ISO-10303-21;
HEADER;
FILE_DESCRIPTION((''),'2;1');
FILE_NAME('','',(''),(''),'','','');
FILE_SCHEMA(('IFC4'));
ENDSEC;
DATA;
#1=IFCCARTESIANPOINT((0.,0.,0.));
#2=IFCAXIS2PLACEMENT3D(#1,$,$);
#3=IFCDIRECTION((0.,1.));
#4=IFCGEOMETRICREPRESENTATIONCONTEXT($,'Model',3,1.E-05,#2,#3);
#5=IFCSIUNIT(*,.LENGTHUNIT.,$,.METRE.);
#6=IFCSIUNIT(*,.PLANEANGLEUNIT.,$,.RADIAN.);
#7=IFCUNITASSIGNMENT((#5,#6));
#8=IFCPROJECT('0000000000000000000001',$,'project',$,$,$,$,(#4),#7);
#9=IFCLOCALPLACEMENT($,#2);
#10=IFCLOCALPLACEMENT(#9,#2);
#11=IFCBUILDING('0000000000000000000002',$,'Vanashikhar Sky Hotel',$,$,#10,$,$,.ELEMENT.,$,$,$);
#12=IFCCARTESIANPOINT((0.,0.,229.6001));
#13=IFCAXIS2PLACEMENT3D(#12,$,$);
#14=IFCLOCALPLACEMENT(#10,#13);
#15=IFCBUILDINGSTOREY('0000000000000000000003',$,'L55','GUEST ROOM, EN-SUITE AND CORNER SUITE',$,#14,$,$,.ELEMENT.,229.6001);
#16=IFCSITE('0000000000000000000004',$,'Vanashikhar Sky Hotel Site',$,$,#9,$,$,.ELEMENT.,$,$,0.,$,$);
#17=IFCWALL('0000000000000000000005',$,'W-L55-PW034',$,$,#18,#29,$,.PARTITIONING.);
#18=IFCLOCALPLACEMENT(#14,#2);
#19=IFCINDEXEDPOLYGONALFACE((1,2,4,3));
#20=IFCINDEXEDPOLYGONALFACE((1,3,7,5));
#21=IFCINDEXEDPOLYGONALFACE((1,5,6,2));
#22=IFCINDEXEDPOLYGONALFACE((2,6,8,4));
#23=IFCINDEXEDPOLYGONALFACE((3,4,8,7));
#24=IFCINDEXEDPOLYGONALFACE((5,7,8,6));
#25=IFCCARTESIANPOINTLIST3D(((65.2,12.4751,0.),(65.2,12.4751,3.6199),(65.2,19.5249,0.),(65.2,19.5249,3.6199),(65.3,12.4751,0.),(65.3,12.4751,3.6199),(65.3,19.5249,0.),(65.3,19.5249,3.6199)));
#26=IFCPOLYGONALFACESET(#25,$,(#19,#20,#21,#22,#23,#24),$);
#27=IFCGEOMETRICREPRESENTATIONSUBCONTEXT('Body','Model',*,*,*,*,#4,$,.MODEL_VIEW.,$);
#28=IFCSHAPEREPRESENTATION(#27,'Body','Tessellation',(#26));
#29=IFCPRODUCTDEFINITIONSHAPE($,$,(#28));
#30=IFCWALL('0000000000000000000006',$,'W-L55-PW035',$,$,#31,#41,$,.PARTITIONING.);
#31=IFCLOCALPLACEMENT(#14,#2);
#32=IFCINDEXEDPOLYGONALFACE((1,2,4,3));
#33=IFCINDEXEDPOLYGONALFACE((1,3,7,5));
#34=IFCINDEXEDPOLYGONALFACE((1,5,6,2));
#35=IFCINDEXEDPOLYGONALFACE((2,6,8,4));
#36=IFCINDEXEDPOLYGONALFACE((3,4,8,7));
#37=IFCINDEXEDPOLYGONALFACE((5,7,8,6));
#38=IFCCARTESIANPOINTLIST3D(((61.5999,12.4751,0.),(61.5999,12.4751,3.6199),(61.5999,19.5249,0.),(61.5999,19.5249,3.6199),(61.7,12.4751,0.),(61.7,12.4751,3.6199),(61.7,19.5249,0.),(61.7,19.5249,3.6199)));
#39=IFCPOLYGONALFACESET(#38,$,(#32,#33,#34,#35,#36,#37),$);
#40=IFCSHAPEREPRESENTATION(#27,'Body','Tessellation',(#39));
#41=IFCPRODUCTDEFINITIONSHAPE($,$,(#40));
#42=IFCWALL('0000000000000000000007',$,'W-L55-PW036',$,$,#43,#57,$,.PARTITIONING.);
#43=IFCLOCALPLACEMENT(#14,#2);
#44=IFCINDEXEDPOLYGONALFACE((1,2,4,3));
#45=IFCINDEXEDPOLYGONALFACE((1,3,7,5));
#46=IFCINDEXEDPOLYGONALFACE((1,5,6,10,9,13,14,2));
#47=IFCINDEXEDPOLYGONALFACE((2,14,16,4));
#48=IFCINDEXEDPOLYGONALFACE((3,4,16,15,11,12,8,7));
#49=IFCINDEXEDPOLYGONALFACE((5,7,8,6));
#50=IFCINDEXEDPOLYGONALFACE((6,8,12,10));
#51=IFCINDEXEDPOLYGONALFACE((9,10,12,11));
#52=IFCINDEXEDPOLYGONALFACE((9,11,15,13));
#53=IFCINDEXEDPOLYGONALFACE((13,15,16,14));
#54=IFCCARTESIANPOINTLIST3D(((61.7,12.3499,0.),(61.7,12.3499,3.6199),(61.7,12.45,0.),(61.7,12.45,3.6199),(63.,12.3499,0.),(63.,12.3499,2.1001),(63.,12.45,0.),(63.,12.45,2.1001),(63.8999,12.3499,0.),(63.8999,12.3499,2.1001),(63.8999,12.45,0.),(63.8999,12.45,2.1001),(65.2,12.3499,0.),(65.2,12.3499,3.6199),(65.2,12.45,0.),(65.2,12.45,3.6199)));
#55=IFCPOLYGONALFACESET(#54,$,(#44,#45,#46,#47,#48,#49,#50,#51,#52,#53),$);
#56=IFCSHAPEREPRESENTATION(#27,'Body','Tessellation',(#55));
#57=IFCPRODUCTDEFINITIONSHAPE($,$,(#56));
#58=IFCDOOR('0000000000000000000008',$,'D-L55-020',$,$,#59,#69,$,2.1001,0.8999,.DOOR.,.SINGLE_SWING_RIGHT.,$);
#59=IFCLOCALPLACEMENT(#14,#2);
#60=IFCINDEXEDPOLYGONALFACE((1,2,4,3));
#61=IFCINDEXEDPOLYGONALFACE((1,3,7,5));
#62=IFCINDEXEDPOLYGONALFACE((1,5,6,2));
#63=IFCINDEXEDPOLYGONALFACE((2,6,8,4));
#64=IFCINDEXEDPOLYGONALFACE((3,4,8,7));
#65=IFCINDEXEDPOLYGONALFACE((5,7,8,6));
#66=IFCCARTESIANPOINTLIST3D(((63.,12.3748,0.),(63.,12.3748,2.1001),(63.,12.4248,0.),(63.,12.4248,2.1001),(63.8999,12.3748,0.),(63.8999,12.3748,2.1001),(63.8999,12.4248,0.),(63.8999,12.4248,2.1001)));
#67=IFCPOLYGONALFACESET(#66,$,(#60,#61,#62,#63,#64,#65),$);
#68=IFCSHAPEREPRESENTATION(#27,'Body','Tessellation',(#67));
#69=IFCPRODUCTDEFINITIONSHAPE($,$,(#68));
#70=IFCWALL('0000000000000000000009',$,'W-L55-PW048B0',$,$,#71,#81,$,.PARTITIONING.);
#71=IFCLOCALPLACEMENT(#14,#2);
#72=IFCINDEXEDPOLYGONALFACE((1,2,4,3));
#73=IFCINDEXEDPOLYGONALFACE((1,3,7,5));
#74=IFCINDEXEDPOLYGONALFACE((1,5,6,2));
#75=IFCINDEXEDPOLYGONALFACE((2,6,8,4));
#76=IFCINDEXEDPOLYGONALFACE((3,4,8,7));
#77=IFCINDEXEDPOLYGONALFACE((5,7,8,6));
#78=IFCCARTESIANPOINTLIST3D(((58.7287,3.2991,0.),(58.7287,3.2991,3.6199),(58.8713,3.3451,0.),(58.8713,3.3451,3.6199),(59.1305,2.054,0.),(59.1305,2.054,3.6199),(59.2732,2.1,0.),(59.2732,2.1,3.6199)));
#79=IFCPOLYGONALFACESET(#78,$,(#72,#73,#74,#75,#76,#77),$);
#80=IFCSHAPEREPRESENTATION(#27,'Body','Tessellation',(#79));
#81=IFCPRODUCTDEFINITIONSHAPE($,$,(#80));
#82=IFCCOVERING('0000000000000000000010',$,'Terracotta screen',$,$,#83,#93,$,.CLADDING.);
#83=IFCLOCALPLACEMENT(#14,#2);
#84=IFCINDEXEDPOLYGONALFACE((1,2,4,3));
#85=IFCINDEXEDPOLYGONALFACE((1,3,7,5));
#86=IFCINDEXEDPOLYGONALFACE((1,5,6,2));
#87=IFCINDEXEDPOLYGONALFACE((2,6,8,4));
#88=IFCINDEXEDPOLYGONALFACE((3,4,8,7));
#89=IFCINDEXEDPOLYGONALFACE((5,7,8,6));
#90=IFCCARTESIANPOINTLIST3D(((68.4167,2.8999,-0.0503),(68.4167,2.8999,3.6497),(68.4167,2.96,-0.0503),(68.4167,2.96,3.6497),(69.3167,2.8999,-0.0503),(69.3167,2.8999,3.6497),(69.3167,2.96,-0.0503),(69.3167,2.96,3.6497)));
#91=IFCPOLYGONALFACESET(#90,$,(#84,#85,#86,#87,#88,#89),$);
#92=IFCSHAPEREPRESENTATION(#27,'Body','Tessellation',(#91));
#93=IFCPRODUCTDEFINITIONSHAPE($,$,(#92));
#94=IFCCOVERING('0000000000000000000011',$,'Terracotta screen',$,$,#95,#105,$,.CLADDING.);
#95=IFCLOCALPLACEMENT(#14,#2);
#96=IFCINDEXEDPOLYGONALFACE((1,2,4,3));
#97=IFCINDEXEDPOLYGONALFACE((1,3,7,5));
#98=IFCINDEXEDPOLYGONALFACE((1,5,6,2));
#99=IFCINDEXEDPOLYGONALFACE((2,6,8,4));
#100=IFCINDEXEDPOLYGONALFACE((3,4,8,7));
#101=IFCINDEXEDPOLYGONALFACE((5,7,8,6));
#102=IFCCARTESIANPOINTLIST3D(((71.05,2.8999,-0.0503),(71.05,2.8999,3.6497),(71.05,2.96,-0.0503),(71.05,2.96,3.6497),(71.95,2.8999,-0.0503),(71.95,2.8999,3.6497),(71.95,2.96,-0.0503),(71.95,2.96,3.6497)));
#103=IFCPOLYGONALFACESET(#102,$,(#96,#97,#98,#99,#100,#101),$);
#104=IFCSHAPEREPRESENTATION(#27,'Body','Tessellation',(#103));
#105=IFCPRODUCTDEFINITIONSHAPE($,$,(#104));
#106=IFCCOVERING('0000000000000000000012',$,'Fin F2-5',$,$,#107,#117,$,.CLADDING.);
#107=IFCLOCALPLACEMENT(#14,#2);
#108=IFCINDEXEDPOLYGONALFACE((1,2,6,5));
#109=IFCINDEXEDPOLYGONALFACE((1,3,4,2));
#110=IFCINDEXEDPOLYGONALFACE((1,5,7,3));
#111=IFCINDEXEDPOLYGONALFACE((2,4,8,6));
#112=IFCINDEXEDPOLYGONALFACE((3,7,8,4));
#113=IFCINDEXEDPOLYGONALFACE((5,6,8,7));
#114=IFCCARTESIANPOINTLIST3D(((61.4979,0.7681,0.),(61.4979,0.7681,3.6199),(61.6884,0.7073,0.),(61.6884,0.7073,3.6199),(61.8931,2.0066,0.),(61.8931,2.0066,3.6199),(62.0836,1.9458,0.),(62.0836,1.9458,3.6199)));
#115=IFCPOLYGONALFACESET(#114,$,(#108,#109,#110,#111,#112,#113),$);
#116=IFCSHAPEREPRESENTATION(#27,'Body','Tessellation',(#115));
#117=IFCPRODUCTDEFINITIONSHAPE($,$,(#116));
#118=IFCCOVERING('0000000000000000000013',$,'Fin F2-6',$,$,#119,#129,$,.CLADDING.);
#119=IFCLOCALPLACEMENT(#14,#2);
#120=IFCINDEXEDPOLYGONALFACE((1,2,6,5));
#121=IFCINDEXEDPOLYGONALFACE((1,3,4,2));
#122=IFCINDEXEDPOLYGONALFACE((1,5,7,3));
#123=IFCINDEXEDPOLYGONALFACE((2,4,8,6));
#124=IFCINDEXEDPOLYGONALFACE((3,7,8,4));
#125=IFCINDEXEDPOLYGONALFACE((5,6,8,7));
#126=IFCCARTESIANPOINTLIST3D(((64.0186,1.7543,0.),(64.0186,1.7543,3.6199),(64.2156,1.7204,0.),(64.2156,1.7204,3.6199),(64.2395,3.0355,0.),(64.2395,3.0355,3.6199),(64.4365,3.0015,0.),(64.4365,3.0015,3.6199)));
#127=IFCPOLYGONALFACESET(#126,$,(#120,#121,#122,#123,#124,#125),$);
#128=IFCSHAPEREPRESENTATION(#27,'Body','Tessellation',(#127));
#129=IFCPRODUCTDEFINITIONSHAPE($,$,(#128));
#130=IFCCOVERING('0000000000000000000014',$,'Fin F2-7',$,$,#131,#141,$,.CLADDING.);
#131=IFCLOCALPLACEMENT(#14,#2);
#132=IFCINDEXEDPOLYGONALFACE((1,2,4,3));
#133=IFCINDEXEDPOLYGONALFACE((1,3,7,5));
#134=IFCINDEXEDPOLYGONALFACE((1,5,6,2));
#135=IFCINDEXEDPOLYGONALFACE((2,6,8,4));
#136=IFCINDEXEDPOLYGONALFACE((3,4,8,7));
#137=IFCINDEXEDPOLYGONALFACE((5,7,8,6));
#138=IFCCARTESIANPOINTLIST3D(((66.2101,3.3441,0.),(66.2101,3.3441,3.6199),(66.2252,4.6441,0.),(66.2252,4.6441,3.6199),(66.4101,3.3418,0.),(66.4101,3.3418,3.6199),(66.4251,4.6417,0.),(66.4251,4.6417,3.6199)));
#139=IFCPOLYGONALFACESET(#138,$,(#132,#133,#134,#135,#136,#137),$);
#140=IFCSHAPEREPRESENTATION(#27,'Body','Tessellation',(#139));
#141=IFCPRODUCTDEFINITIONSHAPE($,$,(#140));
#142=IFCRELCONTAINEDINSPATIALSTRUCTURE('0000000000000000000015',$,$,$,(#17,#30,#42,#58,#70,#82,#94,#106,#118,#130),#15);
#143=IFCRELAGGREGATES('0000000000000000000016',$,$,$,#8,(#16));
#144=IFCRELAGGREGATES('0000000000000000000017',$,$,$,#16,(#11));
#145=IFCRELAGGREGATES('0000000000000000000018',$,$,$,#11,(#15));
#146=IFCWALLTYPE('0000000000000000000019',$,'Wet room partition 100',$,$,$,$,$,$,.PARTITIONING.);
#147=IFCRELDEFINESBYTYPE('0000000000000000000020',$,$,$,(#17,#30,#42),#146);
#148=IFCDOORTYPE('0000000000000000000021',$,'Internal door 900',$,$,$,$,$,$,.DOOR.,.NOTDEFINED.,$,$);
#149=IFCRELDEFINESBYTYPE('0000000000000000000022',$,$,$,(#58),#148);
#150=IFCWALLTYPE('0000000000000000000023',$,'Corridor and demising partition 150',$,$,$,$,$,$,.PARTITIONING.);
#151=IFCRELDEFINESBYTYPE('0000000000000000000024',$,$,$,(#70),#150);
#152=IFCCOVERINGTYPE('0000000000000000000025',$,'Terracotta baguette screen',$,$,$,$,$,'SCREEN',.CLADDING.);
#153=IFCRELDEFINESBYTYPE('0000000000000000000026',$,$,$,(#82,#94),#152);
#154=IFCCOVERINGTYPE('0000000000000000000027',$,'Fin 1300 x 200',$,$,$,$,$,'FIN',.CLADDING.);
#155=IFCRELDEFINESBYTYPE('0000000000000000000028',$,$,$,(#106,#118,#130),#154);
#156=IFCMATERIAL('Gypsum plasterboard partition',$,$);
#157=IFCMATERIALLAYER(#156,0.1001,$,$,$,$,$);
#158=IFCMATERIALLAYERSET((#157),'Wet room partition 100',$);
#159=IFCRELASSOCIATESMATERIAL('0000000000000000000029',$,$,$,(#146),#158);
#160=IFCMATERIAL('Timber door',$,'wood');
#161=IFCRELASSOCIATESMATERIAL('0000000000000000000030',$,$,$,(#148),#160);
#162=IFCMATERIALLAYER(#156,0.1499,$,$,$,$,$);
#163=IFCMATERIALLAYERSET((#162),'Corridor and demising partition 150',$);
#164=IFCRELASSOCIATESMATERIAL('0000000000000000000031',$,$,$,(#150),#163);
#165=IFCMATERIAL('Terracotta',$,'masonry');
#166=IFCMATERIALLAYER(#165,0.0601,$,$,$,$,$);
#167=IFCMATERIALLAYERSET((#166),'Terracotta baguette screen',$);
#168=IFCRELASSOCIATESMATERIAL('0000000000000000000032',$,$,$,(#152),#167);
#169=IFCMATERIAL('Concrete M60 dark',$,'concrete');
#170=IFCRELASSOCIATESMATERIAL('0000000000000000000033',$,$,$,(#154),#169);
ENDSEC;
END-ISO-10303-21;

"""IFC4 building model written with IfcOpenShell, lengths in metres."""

from ifc_helpers import new_model, si_unit, direction, frame, frame_2d, origin, origin_2d, place, context, subcontext, project, spatial, rectangle, extrude, source, transform, mapped, material, layer, layer_set, material_profile, profile_set, type_object, element, fill, save


model = new_model("IFC4")

# Units and contexts
model_context = context("Model", 3, precision=1e-05, world=origin(), true_north=direction((0.0, 1.0)))
body_context = subcontext(model_context, "Body", "Model", "MODEL_VIEW")
ifc_project = project(units=[si_unit("LENGTHUNIT", "METRE"), si_unit("PLANEANGLEUNIT", "RADIAN")], contexts=[model_context])

# Site, building, storey
site_placement = place(None, origin())
site = spatial("IfcSite", under=ifc_project, at=site_placement, Name="Vanashikhar Sky Hotel Site", CompositionType="ELEMENT", RefElevation=0.0)
building_placement = place(site_placement, origin())
building = spatial("IfcBuilding", under=site, at=building_placement, Name="Vanashikhar Sky Hotel", CompositionType="ELEMENT")
storey_placement = place(building_placement, frame((0.0, 0.0, 229.6001)))
storey = spatial("IfcBuildingStorey", under=building, at=storey_placement, Name="L55", Description="GUEST ROOM, EN-SUITE AND CORNER SUITE", CompositionType="ELEMENT", Elevation=229.6001)

# Walls
ifc_material_1 = material(Name="Gypsum plasterboard partition")
ifc_layer_1 = layer(ifc_material_1, 0.1001)
ifc_layer_set_1 = layer_set([ifc_layer_1], Name="Wet room partition 100")
wall_type_1 = type_object("IfcWallType", Name="Wet room partition 100", PredefinedType="PARTITIONING", material=ifc_layer_set_1)
shared_shape_1 = source(origin(), body_context, "Body", "SweptSolid", [
    extrude(rectangle(XDim=7.0498, YDim=0.1001, at=frame_2d((3.5249, 0.0))), origin(), (0.0, 0.0, 1.0), 3.6199),
])
for number, where, z_axis, x_axis, name in (
    (1, (65.25, 12.4751, 0.0), (0.0, 0.0, 1.0), (0.0, 1.0, 0.0), "W-L55-PW034"),
    (2, (61.6499, 12.4751, 0.0), (0.0, 0.0, 1.0), (0.0, 1.0, 0.0), "W-L55-PW035"),
):
    element("IfcWall", number, at=place(storey_placement, frame(where, z_axis=z_axis, x_axis=x_axis)), inside=storey, type_object=wall_type_1, Name=name, PredefinedType="PARTITIONING", context=body_context, shape_type="MappedRepresentation", body=[
        mapped(shared_shape_1, transform((0.0, 0.0, 0.0), scale=1.0)),
    ])

# Wall, opening, door
shared_shape_2 = source(origin(), body_context, "Body", "SweptSolid", [
    extrude(rectangle(XDim=3.5, YDim=0.1001, at=frame_2d((1.75, 0.0))), origin(), (0.0, 0.0, 1.0), 3.6199),
])
wall_1_placement = place(storey_placement, frame((61.7, 12.3999, 0.0), z_axis=(0.0, 0.0, 1.0), x_axis=(1.0, 0.0, 0.0)))
wall_1 = element("IfcWall", 3, at=wall_1_placement, inside=storey, type_object=wall_type_1, Name="W-L55-PW036", PredefinedType="PARTITIONING", context=body_context, shape_type="MappedRepresentation", body=[
    mapped(shared_shape_2, transform((0.0, 0.0, 0.0), scale=1.0)),
])
shared_shape_3 = source(origin(), body_context, "Body", "SweptSolid", [
    extrude(rectangle(XDim=0.8999, YDim=2.1001, at=frame_2d((0.45, 1.05))), frame((0.0, 0.0601, 0.0), z_axis=(0.0, -1.0, 0.0), x_axis=(1.0, 0.0, 0.0)), (0.0, 0.0, 1.0), 0.1201),
])
opening_1_placement = place(wall_1_placement, frame((1.3, 0.0, 0.0)))
opening_1 = element("IfcOpeningElement", 4, at=opening_1_placement, cuts=wall_1, PredefinedType="OPENING", context=body_context, shape_type="MappedRepresentation", body=[
    mapped(shared_shape_3, transform((0.0, 0.0, 0.0), scale=1.0)),
])
ifc_material_2 = material(Name="Timber door", Category="wood")
door_type_1 = type_object("IfcDoorType", Name="Internal door 900", OperationType="NOTDEFINED", PredefinedType="DOOR", material=ifc_material_2)
shared_shape_4 = source(origin(), body_context, "Body", "SweptSolid", [
    extrude(rectangle(XDim=0.8999, YDim=2.1001, at=frame_2d((0.45, 1.05))), frame((0.0, 0.0249, 0.0), z_axis=(0.0, -1.0, 0.0), x_axis=(1.0, 0.0, 0.0)), (0.0, 0.0, 1.0), 0.05),
])
door_1_placement = place(opening_1_placement, origin())
door_1 = element("IfcDoor", 5, at=door_1_placement, inside=storey, type_object=door_type_1, Name="D-L55-020", OperationType="SINGLE_SWING_RIGHT", OverallHeight=2.1001, OverallWidth=0.8999, PredefinedType="DOOR", context=body_context, shape_type="MappedRepresentation", body=[
    mapped(shared_shape_4, transform((0.0, 0.0, 0.0), scale=1.0)),
])
fill(opening_1, door_1)

# Wall
ifc_layer_2 = layer(ifc_material_1, 0.1499)
ifc_layer_set_2 = layer_set([ifc_layer_2], Name="Corridor and demising partition 150")
wall_type_2 = type_object("IfcWallType", Name="Corridor and demising partition 150", PredefinedType="PARTITIONING", material=ifc_layer_set_2)
shared_shape_5 = source(origin(), body_context, "Body", "SweptSolid", [
    extrude(rectangle(XDim=1.3083, YDim=0.1499, at=frame_2d((0.6543, 0.0))), origin(), (0.0, 0.0, 1.0), 3.6199),
])
wall_2_placement = place(storey_placement, frame((59.2019, 2.0769, 0.0), z_axis=(0.0, 0.0, 1.0), x_axis=(-0.307145, 0.951663, 0.0)))
element("IfcWall", 6, at=wall_2_placement, inside=storey, type_object=wall_type_2, Name="W-L55-PW048B0", PredefinedType="PARTITIONING", context=body_context, shape_type="MappedRepresentation", body=[
    mapped(shared_shape_5, transform((0.0, 0.0, 0.0), scale=1.0)),
])

# Coverings
ifc_material_3 = material(Name="Terracotta", Category="masonry")
ifc_layer_3 = layer(ifc_material_3, 0.0601)
ifc_layer_set_3 = layer_set([ifc_layer_3], Name="Terracotta baguette screen")
covering_type_1 = type_object("IfcCoveringType", Name="Terracotta baguette screen", ElementType="SCREEN", PredefinedType="CLADDING", material=ifc_layer_set_3)
shared_shape_6 = source(origin(), body_context, "Body", "SweptSolid", [
    extrude(rectangle(XDim=0.8999, YDim=0.0601, at=origin_2d()), origin(), (0.0, 0.0, 1.0), 3.7),
])
for number, where, z_axis, x_axis, name in (
    (7, (68.8667, 2.9299, -0.0503), (0.0, 0.0, 1.0), (1.0, 0.0, 0.0), "Terracotta screen"),
    (8, (71.5, 2.9299, -0.0503), (0.0, 0.0, 1.0), (1.0, 0.0, 0.0), "Terracotta screen"),
):
    element("IfcCovering", number, at=place(storey_placement, frame(where, z_axis=z_axis, x_axis=x_axis)), inside=storey, type_object=covering_type_1, Name=name, PredefinedType="CLADDING", context=body_context, shape_type="MappedRepresentation", body=[
        mapped(shared_shape_6, transform((0.0, 0.0, 0.0), scale=1.0)),
    ])
ifc_material_4 = material(Name="Concrete M60 dark", Category="concrete")
ifc_material_profile_1 = material_profile(ifc_material_4, rectangle(XDim=1.3, YDim=0.2, at=origin_2d()))
ifc_profile_set_1 = profile_set([ifc_material_profile_1], Name="Fin 1300 x 200")
covering_type_2 = type_object("IfcCoveringType", Name="Fin 1300 x 200", ElementType="FIN", PredefinedType="CLADDING", material=ifc_profile_set_1)
shared_shape_7 = source(origin(), body_context, "Body", "SweptSolid", [
    extrude(rectangle(XDim=1.3, YDim=0.2, at=origin_2d()), origin(), (0.0, 0.0, 1.0), 3.6199),
])
for number, where, z_axis, x_axis, name in (
    (9, (61.7908, 1.3569, 0.0), (0.0, 0.0, 1.0), (-0.303967, -0.952683, 0.0), "Fin F2-5"),
    (10, (64.2275, 2.3779, 0.0), (0.0, 0.0, 1.0), (-0.1699, -0.985461, 0.0), "Fin F2-6"),
    (11, (66.3176, 3.9929, 0.0), (0.0, 0.0, 1.0), (-0.011589, -0.999933, 0.0), "Fin F2-7"),
):
    element("IfcCovering", number, at=place(storey_placement, frame(where, z_axis=z_axis, x_axis=x_axis)), inside=storey, type_object=covering_type_2, Name=name, PredefinedType="CLADDING", context=body_context, shape_type="MappedRepresentation", body=[
        mapped(shared_shape_7, transform((0.0, 0.0, 0.0), scale=1.0)),
    ])

save(model, "model.ifc")
